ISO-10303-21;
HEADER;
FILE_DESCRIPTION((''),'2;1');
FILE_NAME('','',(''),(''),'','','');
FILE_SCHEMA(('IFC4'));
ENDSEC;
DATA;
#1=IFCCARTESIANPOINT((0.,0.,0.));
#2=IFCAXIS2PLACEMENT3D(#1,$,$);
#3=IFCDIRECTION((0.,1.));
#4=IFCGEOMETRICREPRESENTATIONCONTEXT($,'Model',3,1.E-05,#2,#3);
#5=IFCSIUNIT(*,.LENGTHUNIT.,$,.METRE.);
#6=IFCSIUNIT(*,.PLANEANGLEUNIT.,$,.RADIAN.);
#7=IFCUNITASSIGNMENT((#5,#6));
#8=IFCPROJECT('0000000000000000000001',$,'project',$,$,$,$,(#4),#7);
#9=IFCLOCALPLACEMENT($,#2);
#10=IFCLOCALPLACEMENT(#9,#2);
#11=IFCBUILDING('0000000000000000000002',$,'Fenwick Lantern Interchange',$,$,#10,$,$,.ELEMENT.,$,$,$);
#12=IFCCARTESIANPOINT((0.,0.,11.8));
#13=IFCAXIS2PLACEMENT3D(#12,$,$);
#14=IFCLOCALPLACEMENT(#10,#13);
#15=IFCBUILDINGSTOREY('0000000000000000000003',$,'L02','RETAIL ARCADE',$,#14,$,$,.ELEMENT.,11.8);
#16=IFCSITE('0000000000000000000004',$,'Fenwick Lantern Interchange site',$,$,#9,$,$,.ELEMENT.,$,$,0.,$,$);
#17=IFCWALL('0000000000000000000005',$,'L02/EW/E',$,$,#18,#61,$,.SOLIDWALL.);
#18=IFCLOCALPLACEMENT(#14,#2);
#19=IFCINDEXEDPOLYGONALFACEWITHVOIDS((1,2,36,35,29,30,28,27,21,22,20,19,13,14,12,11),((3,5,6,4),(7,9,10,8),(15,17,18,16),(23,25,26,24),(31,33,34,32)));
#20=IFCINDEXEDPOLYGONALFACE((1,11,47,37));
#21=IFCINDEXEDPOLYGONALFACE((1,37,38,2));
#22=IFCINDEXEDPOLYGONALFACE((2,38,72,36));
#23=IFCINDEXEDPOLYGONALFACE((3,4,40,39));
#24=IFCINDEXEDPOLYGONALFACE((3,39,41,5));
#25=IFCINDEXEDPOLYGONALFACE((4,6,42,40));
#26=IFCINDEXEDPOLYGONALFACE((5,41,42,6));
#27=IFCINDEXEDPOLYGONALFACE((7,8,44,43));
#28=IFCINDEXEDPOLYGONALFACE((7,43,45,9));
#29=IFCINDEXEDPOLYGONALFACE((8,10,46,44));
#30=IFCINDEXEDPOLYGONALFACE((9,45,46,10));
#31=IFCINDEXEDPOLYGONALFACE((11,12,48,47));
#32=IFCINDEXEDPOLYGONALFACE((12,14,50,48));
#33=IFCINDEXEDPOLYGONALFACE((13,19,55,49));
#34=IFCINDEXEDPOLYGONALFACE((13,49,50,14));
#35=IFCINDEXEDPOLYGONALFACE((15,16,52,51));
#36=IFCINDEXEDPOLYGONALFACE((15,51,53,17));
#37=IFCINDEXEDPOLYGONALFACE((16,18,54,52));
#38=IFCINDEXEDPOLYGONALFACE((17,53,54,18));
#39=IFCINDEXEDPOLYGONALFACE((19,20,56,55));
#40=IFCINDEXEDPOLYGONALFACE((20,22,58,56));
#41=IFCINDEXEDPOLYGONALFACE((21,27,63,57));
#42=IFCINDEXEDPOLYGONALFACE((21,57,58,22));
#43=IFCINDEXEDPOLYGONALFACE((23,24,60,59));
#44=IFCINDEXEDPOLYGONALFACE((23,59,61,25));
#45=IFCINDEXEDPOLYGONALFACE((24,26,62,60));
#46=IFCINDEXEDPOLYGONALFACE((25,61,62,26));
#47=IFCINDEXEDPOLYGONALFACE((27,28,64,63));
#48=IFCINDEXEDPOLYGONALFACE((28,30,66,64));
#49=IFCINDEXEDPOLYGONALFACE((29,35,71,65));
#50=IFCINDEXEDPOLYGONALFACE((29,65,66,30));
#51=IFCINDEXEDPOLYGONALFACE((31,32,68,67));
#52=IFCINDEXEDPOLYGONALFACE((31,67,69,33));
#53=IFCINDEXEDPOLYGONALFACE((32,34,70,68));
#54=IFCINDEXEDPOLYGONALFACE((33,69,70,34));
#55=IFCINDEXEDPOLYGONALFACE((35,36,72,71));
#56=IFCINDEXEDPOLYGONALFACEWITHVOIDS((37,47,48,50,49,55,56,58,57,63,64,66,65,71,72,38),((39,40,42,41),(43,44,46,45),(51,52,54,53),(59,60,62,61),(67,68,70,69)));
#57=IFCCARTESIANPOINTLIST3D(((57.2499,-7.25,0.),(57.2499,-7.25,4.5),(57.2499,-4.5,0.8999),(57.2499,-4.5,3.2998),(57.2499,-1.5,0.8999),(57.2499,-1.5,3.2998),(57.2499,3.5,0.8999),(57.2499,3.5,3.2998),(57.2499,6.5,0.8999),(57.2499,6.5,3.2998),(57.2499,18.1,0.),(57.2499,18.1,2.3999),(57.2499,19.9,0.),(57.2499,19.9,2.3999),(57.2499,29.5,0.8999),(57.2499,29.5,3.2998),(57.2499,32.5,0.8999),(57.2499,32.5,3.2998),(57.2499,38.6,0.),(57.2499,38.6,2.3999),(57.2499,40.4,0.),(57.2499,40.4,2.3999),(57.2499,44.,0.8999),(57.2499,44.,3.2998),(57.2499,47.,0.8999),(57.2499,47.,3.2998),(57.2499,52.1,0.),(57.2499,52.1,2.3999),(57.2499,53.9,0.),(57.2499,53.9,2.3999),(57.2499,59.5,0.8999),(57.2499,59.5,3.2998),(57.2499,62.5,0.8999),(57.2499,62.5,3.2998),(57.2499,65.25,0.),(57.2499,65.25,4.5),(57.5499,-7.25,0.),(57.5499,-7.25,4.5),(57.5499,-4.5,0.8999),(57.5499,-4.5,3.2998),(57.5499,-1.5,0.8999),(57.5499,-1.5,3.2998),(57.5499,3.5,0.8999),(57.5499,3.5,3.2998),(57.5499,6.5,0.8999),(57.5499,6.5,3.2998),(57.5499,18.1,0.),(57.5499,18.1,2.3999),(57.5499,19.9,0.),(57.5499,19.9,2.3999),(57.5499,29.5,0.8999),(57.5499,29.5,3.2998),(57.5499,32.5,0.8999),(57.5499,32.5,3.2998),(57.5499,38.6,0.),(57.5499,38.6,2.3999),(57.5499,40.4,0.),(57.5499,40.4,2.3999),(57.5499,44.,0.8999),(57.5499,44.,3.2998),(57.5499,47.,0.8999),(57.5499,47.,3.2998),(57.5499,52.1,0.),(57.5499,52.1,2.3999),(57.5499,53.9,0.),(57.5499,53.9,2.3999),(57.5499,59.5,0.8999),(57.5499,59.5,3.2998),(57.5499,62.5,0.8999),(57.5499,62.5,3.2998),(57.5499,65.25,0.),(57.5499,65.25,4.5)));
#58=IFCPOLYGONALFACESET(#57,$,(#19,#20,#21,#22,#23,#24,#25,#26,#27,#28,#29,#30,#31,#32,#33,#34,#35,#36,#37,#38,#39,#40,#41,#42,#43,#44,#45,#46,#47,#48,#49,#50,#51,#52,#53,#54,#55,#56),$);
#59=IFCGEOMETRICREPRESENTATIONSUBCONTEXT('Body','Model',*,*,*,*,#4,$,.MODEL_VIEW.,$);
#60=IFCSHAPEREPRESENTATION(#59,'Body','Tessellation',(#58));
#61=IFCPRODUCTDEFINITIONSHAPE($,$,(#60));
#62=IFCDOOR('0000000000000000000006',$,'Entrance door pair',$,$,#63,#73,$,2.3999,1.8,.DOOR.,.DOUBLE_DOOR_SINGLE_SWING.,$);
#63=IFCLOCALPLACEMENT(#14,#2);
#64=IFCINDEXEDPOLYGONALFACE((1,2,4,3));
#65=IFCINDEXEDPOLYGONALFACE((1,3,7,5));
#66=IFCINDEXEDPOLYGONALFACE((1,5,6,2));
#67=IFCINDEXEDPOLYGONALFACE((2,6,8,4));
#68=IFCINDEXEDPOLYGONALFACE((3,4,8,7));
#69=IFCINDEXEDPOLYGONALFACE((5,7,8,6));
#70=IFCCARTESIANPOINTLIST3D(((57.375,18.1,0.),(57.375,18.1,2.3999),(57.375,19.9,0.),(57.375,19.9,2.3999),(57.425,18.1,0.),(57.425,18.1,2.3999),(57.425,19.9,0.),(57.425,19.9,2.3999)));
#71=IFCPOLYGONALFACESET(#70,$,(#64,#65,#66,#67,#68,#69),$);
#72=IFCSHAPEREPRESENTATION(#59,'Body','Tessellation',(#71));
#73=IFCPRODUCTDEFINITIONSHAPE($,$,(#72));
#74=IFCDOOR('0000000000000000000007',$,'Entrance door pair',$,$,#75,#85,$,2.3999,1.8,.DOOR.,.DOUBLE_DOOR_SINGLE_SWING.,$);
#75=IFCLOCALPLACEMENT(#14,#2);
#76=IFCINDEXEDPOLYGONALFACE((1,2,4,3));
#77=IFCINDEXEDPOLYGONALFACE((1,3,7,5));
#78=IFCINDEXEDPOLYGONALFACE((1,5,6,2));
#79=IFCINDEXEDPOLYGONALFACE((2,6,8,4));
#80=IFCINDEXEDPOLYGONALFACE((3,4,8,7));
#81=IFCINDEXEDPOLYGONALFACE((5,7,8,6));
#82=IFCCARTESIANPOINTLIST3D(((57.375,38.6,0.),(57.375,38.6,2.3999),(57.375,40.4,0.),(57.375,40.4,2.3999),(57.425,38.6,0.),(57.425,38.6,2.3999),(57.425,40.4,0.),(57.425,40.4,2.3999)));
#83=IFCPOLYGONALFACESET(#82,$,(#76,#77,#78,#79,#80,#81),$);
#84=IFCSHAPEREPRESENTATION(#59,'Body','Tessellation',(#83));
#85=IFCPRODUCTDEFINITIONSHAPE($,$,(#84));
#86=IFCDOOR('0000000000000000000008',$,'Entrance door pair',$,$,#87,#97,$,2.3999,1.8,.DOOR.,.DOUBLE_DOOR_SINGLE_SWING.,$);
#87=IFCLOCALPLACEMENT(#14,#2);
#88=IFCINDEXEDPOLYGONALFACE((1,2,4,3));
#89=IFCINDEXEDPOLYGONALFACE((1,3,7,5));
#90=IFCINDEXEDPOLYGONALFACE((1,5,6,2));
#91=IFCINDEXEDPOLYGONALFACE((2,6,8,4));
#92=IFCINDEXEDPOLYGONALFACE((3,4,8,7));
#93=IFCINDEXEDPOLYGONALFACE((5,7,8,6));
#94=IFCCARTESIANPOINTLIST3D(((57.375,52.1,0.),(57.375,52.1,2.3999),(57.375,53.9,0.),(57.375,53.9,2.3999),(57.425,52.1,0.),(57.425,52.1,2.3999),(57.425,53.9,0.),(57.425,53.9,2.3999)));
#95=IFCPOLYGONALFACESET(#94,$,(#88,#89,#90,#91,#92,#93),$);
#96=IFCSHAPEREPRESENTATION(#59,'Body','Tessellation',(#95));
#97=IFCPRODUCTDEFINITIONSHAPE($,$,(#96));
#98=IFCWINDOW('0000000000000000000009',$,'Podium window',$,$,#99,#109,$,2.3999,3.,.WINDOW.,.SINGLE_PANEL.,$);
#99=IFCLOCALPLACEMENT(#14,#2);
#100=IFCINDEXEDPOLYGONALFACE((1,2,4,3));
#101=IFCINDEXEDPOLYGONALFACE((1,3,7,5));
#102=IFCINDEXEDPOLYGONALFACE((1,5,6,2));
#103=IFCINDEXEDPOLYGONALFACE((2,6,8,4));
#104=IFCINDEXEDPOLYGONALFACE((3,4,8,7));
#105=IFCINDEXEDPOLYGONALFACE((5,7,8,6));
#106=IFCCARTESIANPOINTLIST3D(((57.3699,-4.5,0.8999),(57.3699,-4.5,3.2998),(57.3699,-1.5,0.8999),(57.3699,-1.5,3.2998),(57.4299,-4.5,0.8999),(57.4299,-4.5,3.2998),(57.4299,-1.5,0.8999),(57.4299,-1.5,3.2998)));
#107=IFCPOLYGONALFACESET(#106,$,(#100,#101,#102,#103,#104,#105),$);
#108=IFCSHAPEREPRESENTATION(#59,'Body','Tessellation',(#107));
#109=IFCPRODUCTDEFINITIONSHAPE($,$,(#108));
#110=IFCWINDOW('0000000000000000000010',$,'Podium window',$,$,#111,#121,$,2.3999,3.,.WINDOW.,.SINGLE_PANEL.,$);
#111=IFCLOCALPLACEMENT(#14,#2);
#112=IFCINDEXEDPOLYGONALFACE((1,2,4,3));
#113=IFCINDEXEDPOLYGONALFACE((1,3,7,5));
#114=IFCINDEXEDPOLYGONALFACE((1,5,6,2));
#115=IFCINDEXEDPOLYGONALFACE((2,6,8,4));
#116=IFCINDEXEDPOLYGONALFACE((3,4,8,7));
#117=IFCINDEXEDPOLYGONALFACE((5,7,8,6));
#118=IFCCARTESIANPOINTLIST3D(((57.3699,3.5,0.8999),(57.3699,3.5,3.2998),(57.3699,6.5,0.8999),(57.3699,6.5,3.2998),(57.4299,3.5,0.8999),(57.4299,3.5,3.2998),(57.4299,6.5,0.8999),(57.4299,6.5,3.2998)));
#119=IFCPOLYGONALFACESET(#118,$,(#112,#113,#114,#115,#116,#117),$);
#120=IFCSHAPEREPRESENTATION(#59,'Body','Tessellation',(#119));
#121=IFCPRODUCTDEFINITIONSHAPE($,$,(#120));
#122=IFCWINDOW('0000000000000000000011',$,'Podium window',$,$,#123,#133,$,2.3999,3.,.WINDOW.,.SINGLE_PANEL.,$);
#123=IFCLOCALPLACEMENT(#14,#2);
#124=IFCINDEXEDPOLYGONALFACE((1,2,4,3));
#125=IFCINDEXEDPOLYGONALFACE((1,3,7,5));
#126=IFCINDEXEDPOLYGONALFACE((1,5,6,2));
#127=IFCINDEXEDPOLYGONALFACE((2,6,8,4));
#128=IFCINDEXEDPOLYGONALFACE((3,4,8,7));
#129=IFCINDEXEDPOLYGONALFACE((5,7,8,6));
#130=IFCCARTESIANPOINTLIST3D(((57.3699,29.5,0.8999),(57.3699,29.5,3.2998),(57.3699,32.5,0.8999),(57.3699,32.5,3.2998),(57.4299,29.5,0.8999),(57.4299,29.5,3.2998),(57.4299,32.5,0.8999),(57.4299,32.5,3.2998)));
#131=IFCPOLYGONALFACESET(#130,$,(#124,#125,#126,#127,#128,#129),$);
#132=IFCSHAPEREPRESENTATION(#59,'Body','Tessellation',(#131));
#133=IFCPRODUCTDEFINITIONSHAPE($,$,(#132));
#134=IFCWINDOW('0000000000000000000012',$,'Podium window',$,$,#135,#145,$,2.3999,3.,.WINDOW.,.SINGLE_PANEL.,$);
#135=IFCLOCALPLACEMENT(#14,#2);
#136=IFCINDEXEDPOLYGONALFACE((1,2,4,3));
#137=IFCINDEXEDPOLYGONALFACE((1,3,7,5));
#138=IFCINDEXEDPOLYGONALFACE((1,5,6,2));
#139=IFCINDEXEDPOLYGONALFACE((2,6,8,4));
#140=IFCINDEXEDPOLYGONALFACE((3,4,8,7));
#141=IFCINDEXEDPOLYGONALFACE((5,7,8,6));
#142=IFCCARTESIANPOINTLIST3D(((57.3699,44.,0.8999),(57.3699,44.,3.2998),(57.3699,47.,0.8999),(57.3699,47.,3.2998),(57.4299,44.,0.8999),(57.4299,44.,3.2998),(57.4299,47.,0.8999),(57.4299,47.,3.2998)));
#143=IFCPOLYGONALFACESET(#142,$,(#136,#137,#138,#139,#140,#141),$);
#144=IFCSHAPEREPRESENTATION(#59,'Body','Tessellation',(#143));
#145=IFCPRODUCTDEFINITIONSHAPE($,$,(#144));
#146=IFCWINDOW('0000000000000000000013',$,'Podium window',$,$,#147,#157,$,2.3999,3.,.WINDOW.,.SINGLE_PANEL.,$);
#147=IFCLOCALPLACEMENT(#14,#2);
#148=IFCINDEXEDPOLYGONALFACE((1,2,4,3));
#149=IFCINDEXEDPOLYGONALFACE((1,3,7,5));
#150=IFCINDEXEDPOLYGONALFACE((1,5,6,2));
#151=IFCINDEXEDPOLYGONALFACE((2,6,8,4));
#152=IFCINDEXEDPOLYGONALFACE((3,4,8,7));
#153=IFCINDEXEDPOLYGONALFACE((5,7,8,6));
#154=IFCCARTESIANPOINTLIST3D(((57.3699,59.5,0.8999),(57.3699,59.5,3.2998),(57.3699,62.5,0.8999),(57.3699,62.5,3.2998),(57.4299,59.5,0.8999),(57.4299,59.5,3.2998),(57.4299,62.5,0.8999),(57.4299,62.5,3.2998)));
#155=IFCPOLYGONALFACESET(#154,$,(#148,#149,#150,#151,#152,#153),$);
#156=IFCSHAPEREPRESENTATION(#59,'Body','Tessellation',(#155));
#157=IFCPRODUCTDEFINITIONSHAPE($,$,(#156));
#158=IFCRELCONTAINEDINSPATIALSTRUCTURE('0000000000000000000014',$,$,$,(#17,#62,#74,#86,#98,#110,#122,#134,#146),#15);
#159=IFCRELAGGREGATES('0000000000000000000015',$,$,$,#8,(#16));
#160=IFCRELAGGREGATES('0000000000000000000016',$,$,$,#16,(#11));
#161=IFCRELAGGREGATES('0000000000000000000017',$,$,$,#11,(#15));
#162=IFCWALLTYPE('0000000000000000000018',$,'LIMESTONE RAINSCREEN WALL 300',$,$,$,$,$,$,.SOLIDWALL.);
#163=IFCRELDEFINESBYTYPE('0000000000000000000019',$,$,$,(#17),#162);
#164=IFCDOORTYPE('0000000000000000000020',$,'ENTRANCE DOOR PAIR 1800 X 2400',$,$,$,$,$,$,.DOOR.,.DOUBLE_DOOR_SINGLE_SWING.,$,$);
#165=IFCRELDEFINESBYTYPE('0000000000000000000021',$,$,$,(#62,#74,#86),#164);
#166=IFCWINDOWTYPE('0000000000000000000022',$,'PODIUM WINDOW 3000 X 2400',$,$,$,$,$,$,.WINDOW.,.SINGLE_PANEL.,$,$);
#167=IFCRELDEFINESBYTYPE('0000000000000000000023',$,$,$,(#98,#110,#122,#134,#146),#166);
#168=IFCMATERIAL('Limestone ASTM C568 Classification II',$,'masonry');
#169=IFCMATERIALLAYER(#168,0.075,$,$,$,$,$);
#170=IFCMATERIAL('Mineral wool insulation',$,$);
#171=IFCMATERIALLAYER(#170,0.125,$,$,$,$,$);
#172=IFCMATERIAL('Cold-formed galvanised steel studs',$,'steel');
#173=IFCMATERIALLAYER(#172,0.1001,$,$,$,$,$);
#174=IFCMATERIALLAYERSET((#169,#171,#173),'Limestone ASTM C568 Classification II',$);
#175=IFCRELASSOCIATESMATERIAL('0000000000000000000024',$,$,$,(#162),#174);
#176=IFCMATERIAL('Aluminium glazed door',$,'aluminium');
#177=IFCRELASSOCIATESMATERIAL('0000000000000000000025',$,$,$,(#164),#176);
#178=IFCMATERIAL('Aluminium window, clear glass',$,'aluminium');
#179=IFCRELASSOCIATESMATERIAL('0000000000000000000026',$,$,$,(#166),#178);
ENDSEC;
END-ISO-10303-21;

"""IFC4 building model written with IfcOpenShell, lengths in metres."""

from ifc_helpers import new_model, si_unit, direction, frame, frame_2d, origin, place, context, subcontext, project, spatial, rectangle, extrude, material, layer, layer_set, type_object, element, fill, save


model = new_model("IFC4")

# Units and contexts
model_context = context("Model", 3, precision=1e-05, world=origin(), true_north=direction((0.0, 1.0)))
body_context = subcontext(model_context, "Body", "Model", "MODEL_VIEW")
ifc_project = project(units=[si_unit("LENGTHUNIT", "METRE"), si_unit("PLANEANGLEUNIT", "RADIAN")], contexts=[model_context])

# Site, building, storey
site_placement = place(None, origin())
site = spatial("IfcSite", under=ifc_project, at=site_placement, Name="Fenwick Lantern Interchange site", CompositionType="ELEMENT", RefElevation=0.0)
building_placement = place(site_placement, origin())
building = spatial("IfcBuilding", under=site, at=building_placement, Name="Fenwick Lantern Interchange", CompositionType="ELEMENT")
storey_placement = place(building_placement, frame((0.0, 0.0, 11.8)))
storey = spatial("IfcBuildingStorey", under=building, at=storey_placement, Name="L02", Description="RETAIL ARCADE", CompositionType="ELEMENT", Elevation=11.8)

# Wall, openings, doors, windows
ifc_material_1 = material(Name="Limestone ASTM C568 Classification II", Category="masonry")
ifc_layer_1 = layer(ifc_material_1, 0.075)
ifc_material_2 = material(Name="Mineral wool insulation")
ifc_layer_2 = layer(ifc_material_2, 0.125)
ifc_material_3 = material(Name="Cold-formed galvanised steel studs", Category="steel")
ifc_layer_3 = layer(ifc_material_3, 0.1001)
ifc_layer_set = layer_set([ifc_layer_1, ifc_layer_2, ifc_layer_3], Name="Limestone ASTM C568 Classification II")
wall_type = type_object("IfcWallType", Name="LIMESTONE RAINSCREEN WALL 300", PredefinedType="SOLIDWALL", material=ifc_layer_set)
wall_placement = place(storey_placement, frame((57.3999, -7.25, 0.0), z_axis=(0.0, 0.0, 1.0), x_axis=(0.0, 1.0, 0.0)))
wall = element("IfcWall", 1, at=wall_placement, inside=storey, type_object=wall_type, Name="L02/EW/E", PredefinedType="SOLIDWALL", context=body_context, shape_type="SweptSolid", body=[
    extrude(rectangle(XDim=72.5, YDim=0.3, at=frame_2d((36.25, 0.0))), origin(), (0.0, 0.0, 1.0), 4.5),
])
opening_1_placement = place(wall_placement, frame((25.3501, 0.0, 0.0)))
opening_1 = element("IfcOpeningElement", 2, at=opening_1_placement, cuts=wall, PredefinedType="OPENING", context=body_context, shape_type="SweptSolid", body=[
    extrude(rectangle(XDim=1.8, YDim=2.3999, at=frame_2d((0.8999, 1.2))), frame((0.0, 0.1599, 0.0), z_axis=(0.0, -1.0, 0.0), x_axis=(1.0, 0.0, 0.0)), (0.0, 0.0, 1.0), 0.3201),
])
opening_2_placement = place(wall_placement, frame((45.8501, 0.0, 0.0)))
opening_2 = element("IfcOpeningElement", 3, at=opening_2_placement, cuts=wall, PredefinedType="OPENING", context=body_context, shape_type="SweptSolid", body=[
    extrude(rectangle(XDim=1.8, YDim=2.3999, at=frame_2d((0.8999, 1.2))), frame((0.0, 0.1599, 0.0), z_axis=(0.0, -1.0, 0.0), x_axis=(1.0, 0.0, 0.0)), (0.0, 0.0, 1.0), 0.3201),
])
opening_3_placement = place(wall_placement, frame((59.3501, 0.0, 0.0)))
opening_3 = element("IfcOpeningElement", 4, at=opening_3_placement, cuts=wall, PredefinedType="OPENING", context=body_context, shape_type="SweptSolid", body=[
    extrude(rectangle(XDim=1.8, YDim=2.3999, at=frame_2d((0.8999, 1.2))), frame((0.0, 0.1599, 0.0), z_axis=(0.0, -1.0, 0.0), x_axis=(1.0, 0.0, 0.0)), (0.0, 0.0, 1.0), 0.3201),
])
opening_4_placement = place(wall_placement, frame((2.75, 0.0, 0.8999)))
opening_4 = element("IfcOpeningElement", 5, at=opening_4_placement, cuts=wall, PredefinedType="OPENING", context=body_context, shape_type="SweptSolid", body=[
    extrude(rectangle(XDim=3.0, YDim=2.3999, at=frame_2d((1.5, 1.2))), frame((0.0, 0.1599, 0.0), z_axis=(0.0, -1.0, 0.0), x_axis=(1.0, 0.0, 0.0)), (0.0, 0.0, 1.0), 0.3201),
])
opening_5_placement = place(wall_placement, frame((10.75, 0.0, 0.8999)))
opening_5 = element("IfcOpeningElement", 6, at=opening_5_placement, cuts=wall, PredefinedType="OPENING", context=body_context, shape_type="SweptSolid", body=[
    extrude(rectangle(XDim=3.0, YDim=2.3999, at=frame_2d((1.5, 1.2))), frame((0.0, 0.1599, 0.0), z_axis=(0.0, -1.0, 0.0), x_axis=(1.0, 0.0, 0.0)), (0.0, 0.0, 1.0), 0.3201),
])
opening_6_placement = place(wall_placement, frame((36.75, 0.0, 0.8999)))
opening_6 = element("IfcOpeningElement", 7, at=opening_6_placement, cuts=wall, PredefinedType="OPENING", context=body_context, shape_type="SweptSolid", body=[
    extrude(rectangle(XDim=3.0, YDim=2.3999, at=frame_2d((1.5, 1.2))), frame((0.0, 0.1599, 0.0), z_axis=(0.0, -1.0, 0.0), x_axis=(1.0, 0.0, 0.0)), (0.0, 0.0, 1.0), 0.3201),
])
opening_7_placement = place(wall_placement, frame((51.25, 0.0, 0.8999)))
opening_7 = element("IfcOpeningElement", 8, at=opening_7_placement, cuts=wall, PredefinedType="OPENING", context=body_context, shape_type="SweptSolid", body=[
    extrude(rectangle(XDim=3.0, YDim=2.3999, at=frame_2d((1.5, 1.2))), frame((0.0, 0.1599, 0.0), z_axis=(0.0, -1.0, 0.0), x_axis=(1.0, 0.0, 0.0)), (0.0, 0.0, 1.0), 0.3201),
])
opening_8_placement = place(wall_placement, frame((66.75, 0.0, 0.8999)))
opening_8 = element("IfcOpeningElement", 9, at=opening_8_placement, cuts=wall, PredefinedType="OPENING", context=body_context, shape_type="SweptSolid", body=[
    extrude(rectangle(XDim=3.0, YDim=2.3999, at=frame_2d((1.5, 1.2))), frame((0.0, 0.1599, 0.0), z_axis=(0.0, -1.0, 0.0), x_axis=(1.0, 0.0, 0.0)), (0.0, 0.0, 1.0), 0.3201),
])
ifc_material_4 = material(Name="Aluminium glazed door", Category="aluminium")
door_type = type_object("IfcDoorType", Name="ENTRANCE DOOR PAIR 1800 X 2400", OperationType="DOUBLE_DOOR_SINGLE_SWING", PredefinedType="DOOR", material=ifc_material_4)
door_1_placement = place(opening_1_placement, origin())
door_1 = element("IfcDoor", 10, at=door_1_placement, inside=storey, type_object=door_type, Name="Entrance door pair", OperationType="DOUBLE_DOOR_SINGLE_SWING", OverallHeight=2.3999, OverallWidth=1.8, PredefinedType="DOOR", context=body_context, shape_type="SweptSolid", body=[
    extrude(rectangle(XDim=1.8, YDim=2.3999, at=frame_2d((0.8999, 1.2))), frame((0.0, 0.0249, 0.0), z_axis=(0.0, -1.0, 0.0), x_axis=(1.0, 0.0, 0.0)), (0.0, 0.0, 1.0), 0.05),
])
fill(opening_1, door_1)
door_2_placement = place(opening_2_placement, origin())
door_2 = element("IfcDoor", 11, at=door_2_placement, inside=storey, type_object=door_type, Name="Entrance door pair", OperationType="DOUBLE_DOOR_SINGLE_SWING", OverallHeight=2.3999, OverallWidth=1.8, PredefinedType="DOOR", context=body_context, shape_type="SweptSolid", body=[
    extrude(rectangle(XDim=1.8, YDim=2.3999, at=frame_2d((0.8999, 1.2))), frame((0.0, 0.0249, 0.0), z_axis=(0.0, -1.0, 0.0), x_axis=(1.0, 0.0, 0.0)), (0.0, 0.0, 1.0), 0.05),
])
fill(opening_2, door_2)
door_3_placement = place(opening_3_placement, origin())
door_3 = element("IfcDoor", 12, at=door_3_placement, inside=storey, type_object=door_type, Name="Entrance door pair", OperationType="DOUBLE_DOOR_SINGLE_SWING", OverallHeight=2.3999, OverallWidth=1.8, PredefinedType="DOOR", context=body_context, shape_type="SweptSolid", body=[
    extrude(rectangle(XDim=1.8, YDim=2.3999, at=frame_2d((0.8999, 1.2))), frame((0.0, 0.0249, 0.0), z_axis=(0.0, -1.0, 0.0), x_axis=(1.0, 0.0, 0.0)), (0.0, 0.0, 1.0), 0.05),
])
fill(opening_3, door_3)
ifc_material_5 = material(Name="Aluminium window, clear glass", Category="aluminium")
window_type = type_object("IfcWindowType", Name="PODIUM WINDOW 3000 X 2400", PartitioningType="SINGLE_PANEL", PredefinedType="WINDOW", material=ifc_material_5)
window_1_placement = place(opening_4_placement, origin())
window_1 = element("IfcWindow", 13, at=window_1_placement, inside=storey, type_object=window_type, Name="Podium window", OverallHeight=2.3999, OverallWidth=3.0, PartitioningType="SINGLE_PANEL", PredefinedType="WINDOW", context=body_context, shape_type="SweptSolid", body=[
    extrude(rectangle(XDim=3.0, YDim=2.3999, at=frame_2d((1.5, 1.2))), frame((0.0, 0.03, 0.0), z_axis=(0.0, -1.0, 0.0), x_axis=(1.0, 0.0, 0.0)), (0.0, 0.0, 1.0), 0.0601),
])
fill(opening_4, window_1)
window_2_placement = place(opening_5_placement, origin())
window_2 = element("IfcWindow", 14, at=window_2_placement, inside=storey, type_object=window_type, Name="Podium window", OverallHeight=2.3999, OverallWidth=3.0, PartitioningType="SINGLE_PANEL", PredefinedType="WINDOW", context=body_context, shape_type="SweptSolid", body=[
    extrude(rectangle(XDim=3.0, YDim=2.3999, at=frame_2d((1.5, 1.2))), frame((0.0, 0.03, 0.0), z_axis=(0.0, -1.0, 0.0), x_axis=(1.0, 0.0, 0.0)), (0.0, 0.0, 1.0), 0.0601),
])
fill(opening_5, window_2)
window_3_placement = place(opening_6_placement, origin())
window_3 = element("IfcWindow", 15, at=window_3_placement, inside=storey, type_object=window_type, Name="Podium window", OverallHeight=2.3999, OverallWidth=3.0, PartitioningType="SINGLE_PANEL", PredefinedType="WINDOW", context=body_context, shape_type="SweptSolid", body=[
    extrude(rectangle(XDim=3.0, YDim=2.3999, at=frame_2d((1.5, 1.2))), frame((0.0, 0.03, 0.0), z_axis=(0.0, -1.0, 0.0), x_axis=(1.0, 0.0, 0.0)), (0.0, 0.0, 1.0), 0.0601),
])
fill(opening_6, window_3)
window_4_placement = place(opening_7_placement, origin())
window_4 = element("IfcWindow", 16, at=window_4_placement, inside=storey, type_object=window_type, Name="Podium window", OverallHeight=2.3999, OverallWidth=3.0, PartitioningType="SINGLE_PANEL", PredefinedType="WINDOW", context=body_context, shape_type="SweptSolid", body=[
    extrude(rectangle(XDim=3.0, YDim=2.3999, at=frame_2d((1.5, 1.2))), frame((0.0, 0.03, 0.0), z_axis=(0.0, -1.0, 0.0), x_axis=(1.0, 0.0, 0.0)), (0.0, 0.0, 1.0), 0.0601),
])
fill(opening_7, window_4)
window_5_placement = place(opening_8_placement, origin())
window_5 = element("IfcWindow", 17, at=window_5_placement, inside=storey, type_object=window_type, Name="Podium window", OverallHeight=2.3999, OverallWidth=3.0, PartitioningType="SINGLE_PANEL", PredefinedType="WINDOW", context=body_context, shape_type="SweptSolid", body=[
    extrude(rectangle(XDim=3.0, YDim=2.3999, at=frame_2d((1.5, 1.2))), frame((0.0, 0.03, 0.0), z_axis=(0.0, -1.0, 0.0), x_axis=(1.0, 0.0, 0.0)), (0.0, 0.0, 1.0), 0.0601),
])
fill(opening_8, window_5)

save(model, "model.ifc")
